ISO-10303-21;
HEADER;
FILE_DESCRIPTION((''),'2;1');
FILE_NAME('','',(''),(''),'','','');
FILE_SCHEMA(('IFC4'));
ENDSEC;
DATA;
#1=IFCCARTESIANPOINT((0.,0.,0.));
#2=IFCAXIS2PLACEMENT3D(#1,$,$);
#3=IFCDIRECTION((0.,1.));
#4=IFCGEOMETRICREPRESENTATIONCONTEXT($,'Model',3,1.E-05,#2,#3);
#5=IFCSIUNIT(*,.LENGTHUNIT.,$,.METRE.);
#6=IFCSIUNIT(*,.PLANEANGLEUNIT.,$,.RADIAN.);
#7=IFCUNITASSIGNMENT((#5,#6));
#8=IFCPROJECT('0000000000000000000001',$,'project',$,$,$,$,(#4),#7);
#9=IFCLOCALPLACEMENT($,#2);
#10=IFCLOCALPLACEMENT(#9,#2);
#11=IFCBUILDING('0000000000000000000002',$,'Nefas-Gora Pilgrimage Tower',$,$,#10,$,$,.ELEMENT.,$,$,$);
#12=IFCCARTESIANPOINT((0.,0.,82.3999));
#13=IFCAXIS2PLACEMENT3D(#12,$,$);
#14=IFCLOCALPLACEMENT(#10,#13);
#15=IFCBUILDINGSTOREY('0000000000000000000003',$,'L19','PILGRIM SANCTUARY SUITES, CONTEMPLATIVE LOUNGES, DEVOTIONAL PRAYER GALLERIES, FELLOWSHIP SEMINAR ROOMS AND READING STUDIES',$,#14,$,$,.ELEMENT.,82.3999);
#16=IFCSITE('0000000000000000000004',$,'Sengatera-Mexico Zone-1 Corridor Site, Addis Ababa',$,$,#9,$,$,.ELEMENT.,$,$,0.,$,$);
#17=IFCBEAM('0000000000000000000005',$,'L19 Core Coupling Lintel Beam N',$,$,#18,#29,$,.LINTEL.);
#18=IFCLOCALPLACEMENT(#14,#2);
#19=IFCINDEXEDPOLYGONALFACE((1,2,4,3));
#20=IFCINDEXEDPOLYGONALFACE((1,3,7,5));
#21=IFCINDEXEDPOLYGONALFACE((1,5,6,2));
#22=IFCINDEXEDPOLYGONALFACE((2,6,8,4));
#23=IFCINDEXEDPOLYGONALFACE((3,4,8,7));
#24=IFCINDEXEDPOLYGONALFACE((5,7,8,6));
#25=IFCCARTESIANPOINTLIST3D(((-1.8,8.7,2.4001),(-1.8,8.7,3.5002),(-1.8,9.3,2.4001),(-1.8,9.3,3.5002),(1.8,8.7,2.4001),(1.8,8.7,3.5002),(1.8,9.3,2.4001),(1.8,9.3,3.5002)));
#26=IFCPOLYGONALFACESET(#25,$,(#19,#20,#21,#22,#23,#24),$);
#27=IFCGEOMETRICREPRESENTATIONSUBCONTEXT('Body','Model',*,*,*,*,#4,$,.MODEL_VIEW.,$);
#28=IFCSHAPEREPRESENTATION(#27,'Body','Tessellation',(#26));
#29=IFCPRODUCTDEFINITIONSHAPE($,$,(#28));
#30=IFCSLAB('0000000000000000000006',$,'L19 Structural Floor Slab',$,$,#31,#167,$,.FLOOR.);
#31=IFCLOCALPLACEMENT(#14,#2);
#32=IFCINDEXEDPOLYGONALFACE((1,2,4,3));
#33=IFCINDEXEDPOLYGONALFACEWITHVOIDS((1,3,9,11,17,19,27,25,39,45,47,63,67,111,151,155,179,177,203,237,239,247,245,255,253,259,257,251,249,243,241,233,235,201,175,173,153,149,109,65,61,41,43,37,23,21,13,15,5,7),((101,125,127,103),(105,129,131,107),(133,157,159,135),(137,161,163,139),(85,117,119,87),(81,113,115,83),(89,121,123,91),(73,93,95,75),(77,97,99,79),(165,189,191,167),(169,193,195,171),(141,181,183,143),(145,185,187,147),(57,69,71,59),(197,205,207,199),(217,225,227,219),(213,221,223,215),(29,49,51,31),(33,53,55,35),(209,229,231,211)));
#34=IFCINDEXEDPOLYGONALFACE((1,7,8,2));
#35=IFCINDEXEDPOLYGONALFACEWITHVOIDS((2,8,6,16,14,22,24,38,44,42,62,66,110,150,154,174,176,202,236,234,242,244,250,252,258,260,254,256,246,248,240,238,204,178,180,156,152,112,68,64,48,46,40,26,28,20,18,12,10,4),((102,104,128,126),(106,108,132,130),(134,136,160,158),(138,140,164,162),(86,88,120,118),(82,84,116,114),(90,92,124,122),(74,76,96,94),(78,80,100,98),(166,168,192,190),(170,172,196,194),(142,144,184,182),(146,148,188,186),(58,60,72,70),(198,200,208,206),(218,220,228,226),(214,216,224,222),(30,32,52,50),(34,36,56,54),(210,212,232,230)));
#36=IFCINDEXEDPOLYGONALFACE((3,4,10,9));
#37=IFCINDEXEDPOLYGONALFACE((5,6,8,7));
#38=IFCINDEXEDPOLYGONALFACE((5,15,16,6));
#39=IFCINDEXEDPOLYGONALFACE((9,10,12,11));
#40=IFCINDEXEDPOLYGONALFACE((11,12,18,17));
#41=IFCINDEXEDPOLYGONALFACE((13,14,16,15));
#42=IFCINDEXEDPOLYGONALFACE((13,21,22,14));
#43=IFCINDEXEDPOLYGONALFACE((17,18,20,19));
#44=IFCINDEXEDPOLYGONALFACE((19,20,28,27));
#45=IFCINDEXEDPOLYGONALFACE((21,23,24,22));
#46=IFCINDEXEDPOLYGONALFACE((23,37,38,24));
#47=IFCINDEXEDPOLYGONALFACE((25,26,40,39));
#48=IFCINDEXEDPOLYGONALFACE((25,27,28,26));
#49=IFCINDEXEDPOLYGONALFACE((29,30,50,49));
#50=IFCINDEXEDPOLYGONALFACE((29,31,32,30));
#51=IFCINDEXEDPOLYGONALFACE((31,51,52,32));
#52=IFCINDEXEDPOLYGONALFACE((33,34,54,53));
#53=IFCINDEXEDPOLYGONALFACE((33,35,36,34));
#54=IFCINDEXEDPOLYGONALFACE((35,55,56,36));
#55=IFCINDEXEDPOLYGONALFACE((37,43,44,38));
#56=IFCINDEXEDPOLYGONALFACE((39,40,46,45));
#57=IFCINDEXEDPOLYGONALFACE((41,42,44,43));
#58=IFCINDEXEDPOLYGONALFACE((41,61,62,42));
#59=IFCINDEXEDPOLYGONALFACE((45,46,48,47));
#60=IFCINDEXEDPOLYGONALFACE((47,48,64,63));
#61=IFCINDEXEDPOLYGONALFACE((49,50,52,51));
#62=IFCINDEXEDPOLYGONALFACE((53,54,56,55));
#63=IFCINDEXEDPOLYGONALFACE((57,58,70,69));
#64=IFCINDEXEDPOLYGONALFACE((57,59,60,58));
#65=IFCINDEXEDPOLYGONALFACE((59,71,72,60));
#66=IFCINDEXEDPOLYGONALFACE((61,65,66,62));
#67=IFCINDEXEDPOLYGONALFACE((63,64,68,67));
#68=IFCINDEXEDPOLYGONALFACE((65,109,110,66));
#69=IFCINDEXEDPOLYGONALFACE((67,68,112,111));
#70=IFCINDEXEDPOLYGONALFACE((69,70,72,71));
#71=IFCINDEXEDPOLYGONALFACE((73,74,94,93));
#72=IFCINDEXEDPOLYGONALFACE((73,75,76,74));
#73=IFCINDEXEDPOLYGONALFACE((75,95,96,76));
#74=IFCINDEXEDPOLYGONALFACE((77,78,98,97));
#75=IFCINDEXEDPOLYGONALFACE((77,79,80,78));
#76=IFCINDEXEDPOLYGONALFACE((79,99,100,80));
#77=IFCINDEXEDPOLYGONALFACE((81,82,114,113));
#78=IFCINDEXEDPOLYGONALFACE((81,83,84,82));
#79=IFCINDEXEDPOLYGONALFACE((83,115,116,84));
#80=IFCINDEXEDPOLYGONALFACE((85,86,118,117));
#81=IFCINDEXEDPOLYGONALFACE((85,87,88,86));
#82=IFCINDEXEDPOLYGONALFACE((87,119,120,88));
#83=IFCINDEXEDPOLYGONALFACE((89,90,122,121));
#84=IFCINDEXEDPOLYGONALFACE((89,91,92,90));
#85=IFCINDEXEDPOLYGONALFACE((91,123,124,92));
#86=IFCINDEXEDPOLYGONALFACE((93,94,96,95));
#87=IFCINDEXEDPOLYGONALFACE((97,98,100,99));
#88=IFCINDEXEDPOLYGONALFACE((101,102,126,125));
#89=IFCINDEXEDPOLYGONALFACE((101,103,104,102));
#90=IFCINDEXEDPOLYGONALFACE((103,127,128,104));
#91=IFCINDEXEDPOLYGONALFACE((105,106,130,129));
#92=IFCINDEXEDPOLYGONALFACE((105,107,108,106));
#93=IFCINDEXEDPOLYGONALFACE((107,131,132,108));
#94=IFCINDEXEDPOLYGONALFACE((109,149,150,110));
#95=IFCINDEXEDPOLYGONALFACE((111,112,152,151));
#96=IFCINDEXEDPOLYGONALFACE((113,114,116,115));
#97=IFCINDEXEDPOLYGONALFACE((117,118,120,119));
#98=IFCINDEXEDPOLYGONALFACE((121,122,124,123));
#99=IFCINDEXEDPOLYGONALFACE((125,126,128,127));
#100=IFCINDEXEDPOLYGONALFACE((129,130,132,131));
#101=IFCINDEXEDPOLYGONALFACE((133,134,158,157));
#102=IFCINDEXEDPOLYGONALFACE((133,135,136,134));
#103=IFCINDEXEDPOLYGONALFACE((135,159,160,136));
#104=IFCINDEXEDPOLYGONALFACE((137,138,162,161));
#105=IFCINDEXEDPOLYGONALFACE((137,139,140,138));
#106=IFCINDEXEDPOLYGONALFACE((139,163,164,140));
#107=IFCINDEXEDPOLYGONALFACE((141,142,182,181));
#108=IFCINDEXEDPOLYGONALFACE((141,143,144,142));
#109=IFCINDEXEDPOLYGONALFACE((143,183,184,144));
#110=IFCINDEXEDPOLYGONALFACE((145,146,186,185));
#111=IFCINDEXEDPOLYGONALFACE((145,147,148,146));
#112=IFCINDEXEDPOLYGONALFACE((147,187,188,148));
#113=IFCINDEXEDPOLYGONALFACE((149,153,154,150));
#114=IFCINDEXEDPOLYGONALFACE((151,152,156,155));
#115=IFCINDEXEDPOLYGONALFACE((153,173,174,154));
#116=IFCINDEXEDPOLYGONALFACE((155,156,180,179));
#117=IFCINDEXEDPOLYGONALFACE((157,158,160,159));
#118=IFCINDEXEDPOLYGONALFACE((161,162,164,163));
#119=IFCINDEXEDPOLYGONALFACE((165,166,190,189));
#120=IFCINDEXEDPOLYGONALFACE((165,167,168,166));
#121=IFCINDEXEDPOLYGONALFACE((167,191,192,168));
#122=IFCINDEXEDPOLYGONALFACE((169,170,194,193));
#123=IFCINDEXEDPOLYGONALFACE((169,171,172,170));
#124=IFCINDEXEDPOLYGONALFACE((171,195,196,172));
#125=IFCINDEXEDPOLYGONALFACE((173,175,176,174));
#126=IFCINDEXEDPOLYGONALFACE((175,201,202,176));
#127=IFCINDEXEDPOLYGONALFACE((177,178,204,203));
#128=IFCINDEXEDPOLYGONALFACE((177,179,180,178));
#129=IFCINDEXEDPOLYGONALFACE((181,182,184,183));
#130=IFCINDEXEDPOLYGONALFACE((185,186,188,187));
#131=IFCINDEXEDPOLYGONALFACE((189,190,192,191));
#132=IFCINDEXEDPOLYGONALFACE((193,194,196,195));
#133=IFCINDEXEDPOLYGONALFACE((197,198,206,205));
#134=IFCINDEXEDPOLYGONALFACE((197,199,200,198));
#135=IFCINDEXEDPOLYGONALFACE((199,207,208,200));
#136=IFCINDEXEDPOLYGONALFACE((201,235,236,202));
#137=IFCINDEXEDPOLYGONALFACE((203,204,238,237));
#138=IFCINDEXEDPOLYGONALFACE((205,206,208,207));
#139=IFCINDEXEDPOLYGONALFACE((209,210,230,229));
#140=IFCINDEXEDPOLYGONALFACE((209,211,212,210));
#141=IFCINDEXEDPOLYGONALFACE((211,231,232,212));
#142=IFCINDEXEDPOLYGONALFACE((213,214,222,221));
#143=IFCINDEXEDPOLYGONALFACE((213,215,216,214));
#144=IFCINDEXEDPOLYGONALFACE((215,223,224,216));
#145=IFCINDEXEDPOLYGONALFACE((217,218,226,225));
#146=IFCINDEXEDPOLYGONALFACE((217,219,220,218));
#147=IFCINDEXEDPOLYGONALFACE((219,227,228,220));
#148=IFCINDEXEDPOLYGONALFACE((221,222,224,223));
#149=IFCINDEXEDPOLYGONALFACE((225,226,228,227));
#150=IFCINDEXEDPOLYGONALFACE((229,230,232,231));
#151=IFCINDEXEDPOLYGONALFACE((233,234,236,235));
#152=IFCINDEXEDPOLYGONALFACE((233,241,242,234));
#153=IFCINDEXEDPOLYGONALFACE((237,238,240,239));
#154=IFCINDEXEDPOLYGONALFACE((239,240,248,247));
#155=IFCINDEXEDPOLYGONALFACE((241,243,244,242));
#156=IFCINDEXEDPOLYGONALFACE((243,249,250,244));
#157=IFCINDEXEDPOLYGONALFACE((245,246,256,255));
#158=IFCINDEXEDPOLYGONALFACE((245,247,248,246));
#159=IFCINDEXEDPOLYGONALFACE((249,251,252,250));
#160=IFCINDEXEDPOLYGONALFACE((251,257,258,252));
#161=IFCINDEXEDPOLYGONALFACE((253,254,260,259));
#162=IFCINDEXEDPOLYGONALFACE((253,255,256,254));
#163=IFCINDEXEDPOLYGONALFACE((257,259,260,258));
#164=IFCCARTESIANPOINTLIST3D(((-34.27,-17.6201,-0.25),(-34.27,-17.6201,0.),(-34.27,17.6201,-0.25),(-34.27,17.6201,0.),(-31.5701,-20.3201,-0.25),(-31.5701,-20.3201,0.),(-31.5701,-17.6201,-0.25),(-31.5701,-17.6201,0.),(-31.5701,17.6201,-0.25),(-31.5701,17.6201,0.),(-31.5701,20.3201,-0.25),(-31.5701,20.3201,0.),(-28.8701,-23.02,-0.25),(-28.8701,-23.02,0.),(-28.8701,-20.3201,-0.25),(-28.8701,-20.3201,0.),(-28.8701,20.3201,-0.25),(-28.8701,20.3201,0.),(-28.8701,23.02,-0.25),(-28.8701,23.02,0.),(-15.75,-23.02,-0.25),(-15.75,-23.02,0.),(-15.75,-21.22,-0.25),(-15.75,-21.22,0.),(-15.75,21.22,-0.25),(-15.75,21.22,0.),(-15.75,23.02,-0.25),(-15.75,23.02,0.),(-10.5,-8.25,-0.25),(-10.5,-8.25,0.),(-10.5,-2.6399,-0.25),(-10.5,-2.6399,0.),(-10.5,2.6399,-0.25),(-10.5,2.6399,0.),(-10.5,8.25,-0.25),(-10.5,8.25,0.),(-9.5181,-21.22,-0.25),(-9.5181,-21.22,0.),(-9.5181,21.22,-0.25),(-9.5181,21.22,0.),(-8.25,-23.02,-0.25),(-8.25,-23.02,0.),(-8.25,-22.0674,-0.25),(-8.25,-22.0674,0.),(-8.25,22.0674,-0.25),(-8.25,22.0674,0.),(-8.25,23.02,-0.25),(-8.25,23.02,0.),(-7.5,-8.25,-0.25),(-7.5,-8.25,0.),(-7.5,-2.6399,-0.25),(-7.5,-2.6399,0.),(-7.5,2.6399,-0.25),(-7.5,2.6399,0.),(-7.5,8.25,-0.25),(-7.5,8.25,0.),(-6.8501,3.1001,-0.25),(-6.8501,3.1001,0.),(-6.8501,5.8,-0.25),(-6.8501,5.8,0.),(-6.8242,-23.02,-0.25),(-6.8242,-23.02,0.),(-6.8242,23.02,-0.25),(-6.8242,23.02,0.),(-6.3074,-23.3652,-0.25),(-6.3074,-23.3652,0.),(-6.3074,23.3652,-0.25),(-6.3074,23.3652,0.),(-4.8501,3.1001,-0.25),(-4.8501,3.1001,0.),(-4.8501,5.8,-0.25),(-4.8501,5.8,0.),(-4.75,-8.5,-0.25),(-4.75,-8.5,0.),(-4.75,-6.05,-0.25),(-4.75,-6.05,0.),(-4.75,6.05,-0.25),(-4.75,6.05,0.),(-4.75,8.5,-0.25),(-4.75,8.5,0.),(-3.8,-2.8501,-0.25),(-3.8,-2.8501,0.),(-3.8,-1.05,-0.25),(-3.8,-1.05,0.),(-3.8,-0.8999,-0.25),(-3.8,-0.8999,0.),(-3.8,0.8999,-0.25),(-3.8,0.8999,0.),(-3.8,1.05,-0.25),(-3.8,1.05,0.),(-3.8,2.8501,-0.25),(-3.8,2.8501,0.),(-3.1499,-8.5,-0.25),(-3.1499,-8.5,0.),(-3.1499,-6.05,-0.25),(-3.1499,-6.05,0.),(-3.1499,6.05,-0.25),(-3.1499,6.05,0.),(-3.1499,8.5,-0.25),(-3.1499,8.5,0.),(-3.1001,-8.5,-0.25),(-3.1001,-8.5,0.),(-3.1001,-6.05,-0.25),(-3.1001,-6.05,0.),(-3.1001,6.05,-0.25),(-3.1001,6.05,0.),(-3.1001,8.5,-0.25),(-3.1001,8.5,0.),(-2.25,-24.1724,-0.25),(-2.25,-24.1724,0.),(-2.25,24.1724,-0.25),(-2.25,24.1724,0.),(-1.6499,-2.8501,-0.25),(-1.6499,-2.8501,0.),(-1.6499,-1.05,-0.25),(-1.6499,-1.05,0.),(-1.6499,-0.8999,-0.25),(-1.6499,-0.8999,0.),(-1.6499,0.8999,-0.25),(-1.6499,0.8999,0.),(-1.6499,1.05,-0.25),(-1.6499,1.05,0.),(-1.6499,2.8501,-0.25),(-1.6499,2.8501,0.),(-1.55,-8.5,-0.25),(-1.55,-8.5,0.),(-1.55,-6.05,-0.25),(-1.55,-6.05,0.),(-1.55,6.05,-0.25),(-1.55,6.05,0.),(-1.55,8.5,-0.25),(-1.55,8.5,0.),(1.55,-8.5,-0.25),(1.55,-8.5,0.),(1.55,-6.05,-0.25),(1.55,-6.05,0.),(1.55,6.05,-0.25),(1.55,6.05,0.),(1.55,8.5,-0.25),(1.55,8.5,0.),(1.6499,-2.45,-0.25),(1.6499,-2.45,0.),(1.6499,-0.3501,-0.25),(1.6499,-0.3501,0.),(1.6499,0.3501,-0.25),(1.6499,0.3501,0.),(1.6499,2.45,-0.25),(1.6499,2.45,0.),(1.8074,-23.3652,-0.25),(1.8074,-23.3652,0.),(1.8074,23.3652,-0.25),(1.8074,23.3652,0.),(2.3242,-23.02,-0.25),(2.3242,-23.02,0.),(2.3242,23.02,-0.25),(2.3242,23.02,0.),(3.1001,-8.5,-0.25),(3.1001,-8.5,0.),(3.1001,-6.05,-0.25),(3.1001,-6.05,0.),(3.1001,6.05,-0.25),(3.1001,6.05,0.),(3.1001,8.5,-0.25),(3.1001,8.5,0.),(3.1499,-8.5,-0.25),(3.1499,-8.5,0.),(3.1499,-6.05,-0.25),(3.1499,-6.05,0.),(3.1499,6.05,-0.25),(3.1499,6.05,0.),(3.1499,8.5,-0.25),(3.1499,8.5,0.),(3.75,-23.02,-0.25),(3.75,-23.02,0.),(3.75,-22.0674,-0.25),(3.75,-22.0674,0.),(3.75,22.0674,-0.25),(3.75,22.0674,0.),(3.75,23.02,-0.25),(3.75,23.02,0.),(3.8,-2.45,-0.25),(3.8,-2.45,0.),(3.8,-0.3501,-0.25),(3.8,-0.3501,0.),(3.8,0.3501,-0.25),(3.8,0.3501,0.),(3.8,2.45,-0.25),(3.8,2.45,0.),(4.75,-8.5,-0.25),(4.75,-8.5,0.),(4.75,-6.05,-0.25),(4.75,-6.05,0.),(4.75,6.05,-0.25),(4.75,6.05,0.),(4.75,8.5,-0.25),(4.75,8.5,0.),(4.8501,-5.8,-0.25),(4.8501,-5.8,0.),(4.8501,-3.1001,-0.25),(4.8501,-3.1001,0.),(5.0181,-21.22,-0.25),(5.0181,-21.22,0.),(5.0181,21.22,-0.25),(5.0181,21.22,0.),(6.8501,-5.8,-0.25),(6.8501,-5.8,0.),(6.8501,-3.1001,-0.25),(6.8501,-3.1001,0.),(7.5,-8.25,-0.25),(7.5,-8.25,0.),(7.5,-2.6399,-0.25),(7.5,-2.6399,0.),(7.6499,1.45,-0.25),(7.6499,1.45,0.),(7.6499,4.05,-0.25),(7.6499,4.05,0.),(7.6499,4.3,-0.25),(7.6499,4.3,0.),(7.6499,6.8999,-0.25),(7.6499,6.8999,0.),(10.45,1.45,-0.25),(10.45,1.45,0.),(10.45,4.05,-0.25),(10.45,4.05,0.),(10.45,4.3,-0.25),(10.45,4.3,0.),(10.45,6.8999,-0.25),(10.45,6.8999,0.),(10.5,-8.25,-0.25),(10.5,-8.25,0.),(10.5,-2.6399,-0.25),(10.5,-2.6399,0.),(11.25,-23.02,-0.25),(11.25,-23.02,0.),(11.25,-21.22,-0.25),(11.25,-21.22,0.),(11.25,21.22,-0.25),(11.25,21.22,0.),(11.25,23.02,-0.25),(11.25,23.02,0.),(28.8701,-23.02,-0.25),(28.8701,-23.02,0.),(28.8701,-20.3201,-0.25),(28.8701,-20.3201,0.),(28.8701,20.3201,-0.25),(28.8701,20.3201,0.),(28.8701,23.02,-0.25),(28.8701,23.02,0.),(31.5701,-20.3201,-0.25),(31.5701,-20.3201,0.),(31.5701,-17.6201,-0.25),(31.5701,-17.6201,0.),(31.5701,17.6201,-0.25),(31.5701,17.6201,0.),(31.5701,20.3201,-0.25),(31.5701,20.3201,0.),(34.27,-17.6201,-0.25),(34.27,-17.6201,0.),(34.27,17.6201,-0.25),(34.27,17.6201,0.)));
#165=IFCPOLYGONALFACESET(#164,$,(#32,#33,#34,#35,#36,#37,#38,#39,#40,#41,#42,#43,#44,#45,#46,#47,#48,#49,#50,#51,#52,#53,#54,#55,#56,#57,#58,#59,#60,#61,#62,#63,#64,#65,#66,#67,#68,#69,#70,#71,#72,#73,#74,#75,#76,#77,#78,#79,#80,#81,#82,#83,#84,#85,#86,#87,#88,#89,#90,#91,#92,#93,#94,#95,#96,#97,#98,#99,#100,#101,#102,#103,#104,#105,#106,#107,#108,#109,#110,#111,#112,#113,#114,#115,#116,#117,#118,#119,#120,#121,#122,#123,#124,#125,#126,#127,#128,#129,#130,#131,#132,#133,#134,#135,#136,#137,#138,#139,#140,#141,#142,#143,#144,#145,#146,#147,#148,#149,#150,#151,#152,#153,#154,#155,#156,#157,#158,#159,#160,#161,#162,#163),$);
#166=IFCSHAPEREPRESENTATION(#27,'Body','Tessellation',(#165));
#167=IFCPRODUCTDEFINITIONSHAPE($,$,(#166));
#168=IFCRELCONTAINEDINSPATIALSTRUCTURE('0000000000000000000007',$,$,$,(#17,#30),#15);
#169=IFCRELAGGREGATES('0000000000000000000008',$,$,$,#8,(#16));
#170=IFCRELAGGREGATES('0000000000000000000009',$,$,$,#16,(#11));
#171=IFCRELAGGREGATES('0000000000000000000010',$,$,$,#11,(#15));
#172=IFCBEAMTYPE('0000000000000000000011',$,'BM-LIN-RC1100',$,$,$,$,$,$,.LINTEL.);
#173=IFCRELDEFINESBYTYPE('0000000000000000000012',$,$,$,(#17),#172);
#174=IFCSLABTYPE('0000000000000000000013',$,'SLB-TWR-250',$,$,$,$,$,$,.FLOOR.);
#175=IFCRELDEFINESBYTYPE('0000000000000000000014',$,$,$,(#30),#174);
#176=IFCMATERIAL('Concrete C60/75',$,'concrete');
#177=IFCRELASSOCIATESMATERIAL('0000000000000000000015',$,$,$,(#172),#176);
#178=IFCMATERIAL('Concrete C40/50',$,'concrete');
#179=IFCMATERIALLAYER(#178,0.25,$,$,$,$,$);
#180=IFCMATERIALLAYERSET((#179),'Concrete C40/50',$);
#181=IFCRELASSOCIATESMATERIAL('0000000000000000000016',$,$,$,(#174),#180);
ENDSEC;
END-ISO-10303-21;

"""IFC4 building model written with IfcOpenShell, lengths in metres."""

from ifc_helpers import new_model, si_unit, direction, frame, origin, origin_2d, place, context, subcontext, project, spatial, polyline, rectangle, outline, extrude, source, transform, mapped, material, layer, layer_set, material_profile, profile_set, type_object, element, save


model = new_model("IFC4")

# Units and contexts
model_context = context("Model", 3, precision=1e-05, world=origin(), true_north=direction((0.0, 1.0)))
body_context = subcontext(model_context, "Body", "Model", "MODEL_VIEW")
ifc_project = project(units=[si_unit("LENGTHUNIT", "METRE"), si_unit("PLANEANGLEUNIT", "RADIAN")], contexts=[model_context])

# Site, building, storey
site_placement = place(None, origin())
site = spatial("IfcSite", under=ifc_project, at=site_placement, Name="Sengatera-Mexico Zone-1 Corridor Site, Addis Ababa", CompositionType="ELEMENT", RefElevation=0.0)
building_placement = place(site_placement, origin())
building = spatial("IfcBuilding", under=site, at=building_placement, Name="Nefas-Gora Pilgrimage Tower", CompositionType="ELEMENT")
storey_placement = place(building_placement, frame((0.0, 0.0, 82.3999)))
storey = spatial("IfcBuildingStorey", under=building, at=storey_placement, Name="L19", Description="PILGRIM SANCTUARY SUITES, CONTEMPLATIVE LOUNGES, DEVOTIONAL PRAYER GALLERIES, FELLOWSHIP SEMINAR ROOMS AND READING STUDIES", CompositionType="ELEMENT", Elevation=82.3999)

# Beam
ifc_material_1 = material(Name="Concrete C60/75", Category="concrete")
ifc_material_profile = material_profile(ifc_material_1, rectangle(XDim=0.6001, YDim=1.1001, at=origin_2d()), Name="RC 600x1100")
ifc_profile_set = profile_set([ifc_material_profile], Name="Concrete C60/75")
beam_type = type_object("IfcBeamType", Name="BM-LIN-RC1100", PredefinedType="LINTEL", material=ifc_profile_set)
shared_shape_1 = source(origin(), body_context, "Body", "SweptSolid", [
    extrude(rectangle(XDim=0.6001, YDim=1.1001, at=origin_2d()), origin(), (0.0, 0.0, 1.0), 3.6001),
])
beam_placement = place(storey_placement, frame((-1.8, 9.0, 2.9502), z_axis=(1.0, 0.0, 0.0), x_axis=(0.0, 1.0, 0.0)))
element("IfcBeam", 1, at=beam_placement, inside=storey, type_object=beam_type, Name="L19 Core Coupling Lintel Beam N", PredefinedType="LINTEL", context=body_context, shape_type="MappedRepresentation", body=[
    mapped(shared_shape_1, transform((0.0, 0.0, 0.0), x_axis=(1.0, 0.0, 0.0), y_axis=(0.0, 1.0, 0.0), z_axis=(0.0, 0.0, 1.0), scale=1.0)),
])

# Slab
ifc_material_2 = material(Name="Concrete C40/50", Category="concrete")
ifc_layer_1 = layer(ifc_material_2, 0.25)
ifc_layer_set_1 = layer_set([ifc_layer_1], Name="Concrete C40/50")
slab_type_1 = type_object("IfcSlabType", Name="SLB-TWR-250", PredefinedType="FLOOR", material=ifc_layer_set_1)
slab_1_placement = place(storey_placement, frame((0.0, 0.0, -0.25)))
element("IfcSlab", 2, at=slab_1_placement, inside=storey, type_object=slab_type_1, Name="L19 Structural Floor Slab", PredefinedType="FLOOR", context=body_context, shape_type="SweptSolid", body=[
    extrude(outline(polyline([(5.0181, -21.22), (11.25, -21.22), (11.25, -23.02), (28.8701, -23.02), (28.8701, -20.3201), (31.5701, -20.3201), (31.5701, -17.6201), (34.27, -17.6201), (34.27, 17.6201), (31.5701, 17.6201), (31.5701, 20.3201), (28.8701, 20.3201), (28.8701, 23.02), (11.25, 23.02), (11.25, 21.22), (5.0181, 21.22), (3.75, 22.0674), (3.75, 23.02), (2.3242, 23.02), (1.8074, 23.3652), (-2.25, 24.1724), (-6.3074, 23.3652), (-6.8242, 23.02), (-8.25, 23.02), (-8.25, 22.0674), (-9.5181, 21.22), (-15.75, 21.22), (-15.75, 23.02), (-28.8701, 23.02), (-28.8701, 20.3201), (-31.5701, 20.3201), (-31.5701, 17.6201), (-34.27, 17.6201), (-34.27, -17.6201), (-31.5701, -17.6201), (-31.5701, -20.3201), (-28.8701, -20.3201), (-28.8701, -23.02), (-15.75, -23.02), (-15.75, -21.22), (-9.5181, -21.22), (-8.25, -22.0674), (-8.25, -23.02), (-6.8242, -23.02), (-6.3074, -23.3652), (-2.25, -24.1724), (1.8074, -23.3652), (2.3242, -23.02), (3.75, -23.02), (3.75, -22.0674), (5.0181, -21.22)]), holes=[polyline([(-10.5, 2.6399), (-10.5, 8.25), (-7.5, 8.25), (-7.5, 2.6399), (-10.5, 2.6399)]), polyline([(10.5, -2.6399), (10.5, -8.25), (7.5, -8.25), (7.5, -2.6399), (10.5, -2.6399)]), polyline([(-7.5, -2.6399), (-7.5, -8.25), (-10.5, -8.25), (-10.5, -2.6399), (-7.5, -2.6399)]), polyline([(-6.8501, 5.8), (-4.8501, 5.8), (-4.8501, 3.1001), (-6.8501, 3.1001), (-6.8501, 5.8)]), polyline([(4.8501, -3.1001), (6.8501, -3.1001), (6.8501, -5.8), (4.8501, -5.8), (4.8501, -3.1001)]), polyline([(7.6499, 4.05), (10.45, 4.05), (10.45, 1.45), (7.6499, 1.45), (7.6499, 4.05)]), polyline([(7.6499, 6.8999), (10.45, 6.8999), (10.45, 4.3), (7.6499, 4.3), (7.6499, 6.8999)]), polyline([(-4.75, 8.5), (-3.1499, 8.5), (-3.1499, 6.05), (-4.75, 6.05), (-4.75, 8.5)]), polyline([(-3.1001, 8.5), (-1.55, 8.5), (-1.55, 6.05), (-3.1001, 6.05), (-3.1001, 8.5)]), polyline([(1.55, 8.5), (3.1001, 8.5), (3.1001, 6.05), (1.55, 6.05), (1.55, 8.5)]), polyline([(3.1499, 8.5), (4.75, 8.5), (4.75, 6.05), (3.1499, 6.05), (3.1499, 8.5)]), polyline([(-4.75, -6.05), (-3.1499, -6.05), (-3.1499, -8.5), (-4.75, -8.5), (-4.75, -6.05)]), polyline([(-3.1001, -6.05), (-1.55, -6.05), (-1.55, -8.5), (-3.1001, -8.5), (-3.1001, -6.05)]), polyline([(1.55, -6.05), (3.1001, -6.05), (3.1001, -8.5), (1.55, -8.5), (1.55, -6.05)]), polyline([(3.1499, -6.05), (4.75, -6.05), (4.75, -8.5), (3.1499, -8.5), (3.1499, -6.05)]), polyline([(-3.8, -1.05), (-1.6499, -1.05), (-1.6499, -2.8501), (-3.8, -2.8501), (-3.8, -1.05)]), polyline([(-3.8, 0.8999), (-1.6499, 0.8999), (-1.6499, -0.8999), (-3.8, -0.8999), (-3.8, 0.8999)]), polyline([(-3.8, 2.8501), (-1.6499, 2.8501), (-1.6499, 1.05), (-3.8, 1.05), (-3.8, 2.8501)]), polyline([(1.6499, -0.3501), (3.8, -0.3501), (3.8, -2.45), (1.6499, -2.45), (1.6499, -0.3501)]), polyline([(1.6499, 2.45), (3.8, 2.45), (3.8, 0.3501), (1.6499, 0.3501), (1.6499, 2.45)])]), origin(), (0.0, 0.0, 1.0), 0.25),
])

save(model, "model.ifc")
